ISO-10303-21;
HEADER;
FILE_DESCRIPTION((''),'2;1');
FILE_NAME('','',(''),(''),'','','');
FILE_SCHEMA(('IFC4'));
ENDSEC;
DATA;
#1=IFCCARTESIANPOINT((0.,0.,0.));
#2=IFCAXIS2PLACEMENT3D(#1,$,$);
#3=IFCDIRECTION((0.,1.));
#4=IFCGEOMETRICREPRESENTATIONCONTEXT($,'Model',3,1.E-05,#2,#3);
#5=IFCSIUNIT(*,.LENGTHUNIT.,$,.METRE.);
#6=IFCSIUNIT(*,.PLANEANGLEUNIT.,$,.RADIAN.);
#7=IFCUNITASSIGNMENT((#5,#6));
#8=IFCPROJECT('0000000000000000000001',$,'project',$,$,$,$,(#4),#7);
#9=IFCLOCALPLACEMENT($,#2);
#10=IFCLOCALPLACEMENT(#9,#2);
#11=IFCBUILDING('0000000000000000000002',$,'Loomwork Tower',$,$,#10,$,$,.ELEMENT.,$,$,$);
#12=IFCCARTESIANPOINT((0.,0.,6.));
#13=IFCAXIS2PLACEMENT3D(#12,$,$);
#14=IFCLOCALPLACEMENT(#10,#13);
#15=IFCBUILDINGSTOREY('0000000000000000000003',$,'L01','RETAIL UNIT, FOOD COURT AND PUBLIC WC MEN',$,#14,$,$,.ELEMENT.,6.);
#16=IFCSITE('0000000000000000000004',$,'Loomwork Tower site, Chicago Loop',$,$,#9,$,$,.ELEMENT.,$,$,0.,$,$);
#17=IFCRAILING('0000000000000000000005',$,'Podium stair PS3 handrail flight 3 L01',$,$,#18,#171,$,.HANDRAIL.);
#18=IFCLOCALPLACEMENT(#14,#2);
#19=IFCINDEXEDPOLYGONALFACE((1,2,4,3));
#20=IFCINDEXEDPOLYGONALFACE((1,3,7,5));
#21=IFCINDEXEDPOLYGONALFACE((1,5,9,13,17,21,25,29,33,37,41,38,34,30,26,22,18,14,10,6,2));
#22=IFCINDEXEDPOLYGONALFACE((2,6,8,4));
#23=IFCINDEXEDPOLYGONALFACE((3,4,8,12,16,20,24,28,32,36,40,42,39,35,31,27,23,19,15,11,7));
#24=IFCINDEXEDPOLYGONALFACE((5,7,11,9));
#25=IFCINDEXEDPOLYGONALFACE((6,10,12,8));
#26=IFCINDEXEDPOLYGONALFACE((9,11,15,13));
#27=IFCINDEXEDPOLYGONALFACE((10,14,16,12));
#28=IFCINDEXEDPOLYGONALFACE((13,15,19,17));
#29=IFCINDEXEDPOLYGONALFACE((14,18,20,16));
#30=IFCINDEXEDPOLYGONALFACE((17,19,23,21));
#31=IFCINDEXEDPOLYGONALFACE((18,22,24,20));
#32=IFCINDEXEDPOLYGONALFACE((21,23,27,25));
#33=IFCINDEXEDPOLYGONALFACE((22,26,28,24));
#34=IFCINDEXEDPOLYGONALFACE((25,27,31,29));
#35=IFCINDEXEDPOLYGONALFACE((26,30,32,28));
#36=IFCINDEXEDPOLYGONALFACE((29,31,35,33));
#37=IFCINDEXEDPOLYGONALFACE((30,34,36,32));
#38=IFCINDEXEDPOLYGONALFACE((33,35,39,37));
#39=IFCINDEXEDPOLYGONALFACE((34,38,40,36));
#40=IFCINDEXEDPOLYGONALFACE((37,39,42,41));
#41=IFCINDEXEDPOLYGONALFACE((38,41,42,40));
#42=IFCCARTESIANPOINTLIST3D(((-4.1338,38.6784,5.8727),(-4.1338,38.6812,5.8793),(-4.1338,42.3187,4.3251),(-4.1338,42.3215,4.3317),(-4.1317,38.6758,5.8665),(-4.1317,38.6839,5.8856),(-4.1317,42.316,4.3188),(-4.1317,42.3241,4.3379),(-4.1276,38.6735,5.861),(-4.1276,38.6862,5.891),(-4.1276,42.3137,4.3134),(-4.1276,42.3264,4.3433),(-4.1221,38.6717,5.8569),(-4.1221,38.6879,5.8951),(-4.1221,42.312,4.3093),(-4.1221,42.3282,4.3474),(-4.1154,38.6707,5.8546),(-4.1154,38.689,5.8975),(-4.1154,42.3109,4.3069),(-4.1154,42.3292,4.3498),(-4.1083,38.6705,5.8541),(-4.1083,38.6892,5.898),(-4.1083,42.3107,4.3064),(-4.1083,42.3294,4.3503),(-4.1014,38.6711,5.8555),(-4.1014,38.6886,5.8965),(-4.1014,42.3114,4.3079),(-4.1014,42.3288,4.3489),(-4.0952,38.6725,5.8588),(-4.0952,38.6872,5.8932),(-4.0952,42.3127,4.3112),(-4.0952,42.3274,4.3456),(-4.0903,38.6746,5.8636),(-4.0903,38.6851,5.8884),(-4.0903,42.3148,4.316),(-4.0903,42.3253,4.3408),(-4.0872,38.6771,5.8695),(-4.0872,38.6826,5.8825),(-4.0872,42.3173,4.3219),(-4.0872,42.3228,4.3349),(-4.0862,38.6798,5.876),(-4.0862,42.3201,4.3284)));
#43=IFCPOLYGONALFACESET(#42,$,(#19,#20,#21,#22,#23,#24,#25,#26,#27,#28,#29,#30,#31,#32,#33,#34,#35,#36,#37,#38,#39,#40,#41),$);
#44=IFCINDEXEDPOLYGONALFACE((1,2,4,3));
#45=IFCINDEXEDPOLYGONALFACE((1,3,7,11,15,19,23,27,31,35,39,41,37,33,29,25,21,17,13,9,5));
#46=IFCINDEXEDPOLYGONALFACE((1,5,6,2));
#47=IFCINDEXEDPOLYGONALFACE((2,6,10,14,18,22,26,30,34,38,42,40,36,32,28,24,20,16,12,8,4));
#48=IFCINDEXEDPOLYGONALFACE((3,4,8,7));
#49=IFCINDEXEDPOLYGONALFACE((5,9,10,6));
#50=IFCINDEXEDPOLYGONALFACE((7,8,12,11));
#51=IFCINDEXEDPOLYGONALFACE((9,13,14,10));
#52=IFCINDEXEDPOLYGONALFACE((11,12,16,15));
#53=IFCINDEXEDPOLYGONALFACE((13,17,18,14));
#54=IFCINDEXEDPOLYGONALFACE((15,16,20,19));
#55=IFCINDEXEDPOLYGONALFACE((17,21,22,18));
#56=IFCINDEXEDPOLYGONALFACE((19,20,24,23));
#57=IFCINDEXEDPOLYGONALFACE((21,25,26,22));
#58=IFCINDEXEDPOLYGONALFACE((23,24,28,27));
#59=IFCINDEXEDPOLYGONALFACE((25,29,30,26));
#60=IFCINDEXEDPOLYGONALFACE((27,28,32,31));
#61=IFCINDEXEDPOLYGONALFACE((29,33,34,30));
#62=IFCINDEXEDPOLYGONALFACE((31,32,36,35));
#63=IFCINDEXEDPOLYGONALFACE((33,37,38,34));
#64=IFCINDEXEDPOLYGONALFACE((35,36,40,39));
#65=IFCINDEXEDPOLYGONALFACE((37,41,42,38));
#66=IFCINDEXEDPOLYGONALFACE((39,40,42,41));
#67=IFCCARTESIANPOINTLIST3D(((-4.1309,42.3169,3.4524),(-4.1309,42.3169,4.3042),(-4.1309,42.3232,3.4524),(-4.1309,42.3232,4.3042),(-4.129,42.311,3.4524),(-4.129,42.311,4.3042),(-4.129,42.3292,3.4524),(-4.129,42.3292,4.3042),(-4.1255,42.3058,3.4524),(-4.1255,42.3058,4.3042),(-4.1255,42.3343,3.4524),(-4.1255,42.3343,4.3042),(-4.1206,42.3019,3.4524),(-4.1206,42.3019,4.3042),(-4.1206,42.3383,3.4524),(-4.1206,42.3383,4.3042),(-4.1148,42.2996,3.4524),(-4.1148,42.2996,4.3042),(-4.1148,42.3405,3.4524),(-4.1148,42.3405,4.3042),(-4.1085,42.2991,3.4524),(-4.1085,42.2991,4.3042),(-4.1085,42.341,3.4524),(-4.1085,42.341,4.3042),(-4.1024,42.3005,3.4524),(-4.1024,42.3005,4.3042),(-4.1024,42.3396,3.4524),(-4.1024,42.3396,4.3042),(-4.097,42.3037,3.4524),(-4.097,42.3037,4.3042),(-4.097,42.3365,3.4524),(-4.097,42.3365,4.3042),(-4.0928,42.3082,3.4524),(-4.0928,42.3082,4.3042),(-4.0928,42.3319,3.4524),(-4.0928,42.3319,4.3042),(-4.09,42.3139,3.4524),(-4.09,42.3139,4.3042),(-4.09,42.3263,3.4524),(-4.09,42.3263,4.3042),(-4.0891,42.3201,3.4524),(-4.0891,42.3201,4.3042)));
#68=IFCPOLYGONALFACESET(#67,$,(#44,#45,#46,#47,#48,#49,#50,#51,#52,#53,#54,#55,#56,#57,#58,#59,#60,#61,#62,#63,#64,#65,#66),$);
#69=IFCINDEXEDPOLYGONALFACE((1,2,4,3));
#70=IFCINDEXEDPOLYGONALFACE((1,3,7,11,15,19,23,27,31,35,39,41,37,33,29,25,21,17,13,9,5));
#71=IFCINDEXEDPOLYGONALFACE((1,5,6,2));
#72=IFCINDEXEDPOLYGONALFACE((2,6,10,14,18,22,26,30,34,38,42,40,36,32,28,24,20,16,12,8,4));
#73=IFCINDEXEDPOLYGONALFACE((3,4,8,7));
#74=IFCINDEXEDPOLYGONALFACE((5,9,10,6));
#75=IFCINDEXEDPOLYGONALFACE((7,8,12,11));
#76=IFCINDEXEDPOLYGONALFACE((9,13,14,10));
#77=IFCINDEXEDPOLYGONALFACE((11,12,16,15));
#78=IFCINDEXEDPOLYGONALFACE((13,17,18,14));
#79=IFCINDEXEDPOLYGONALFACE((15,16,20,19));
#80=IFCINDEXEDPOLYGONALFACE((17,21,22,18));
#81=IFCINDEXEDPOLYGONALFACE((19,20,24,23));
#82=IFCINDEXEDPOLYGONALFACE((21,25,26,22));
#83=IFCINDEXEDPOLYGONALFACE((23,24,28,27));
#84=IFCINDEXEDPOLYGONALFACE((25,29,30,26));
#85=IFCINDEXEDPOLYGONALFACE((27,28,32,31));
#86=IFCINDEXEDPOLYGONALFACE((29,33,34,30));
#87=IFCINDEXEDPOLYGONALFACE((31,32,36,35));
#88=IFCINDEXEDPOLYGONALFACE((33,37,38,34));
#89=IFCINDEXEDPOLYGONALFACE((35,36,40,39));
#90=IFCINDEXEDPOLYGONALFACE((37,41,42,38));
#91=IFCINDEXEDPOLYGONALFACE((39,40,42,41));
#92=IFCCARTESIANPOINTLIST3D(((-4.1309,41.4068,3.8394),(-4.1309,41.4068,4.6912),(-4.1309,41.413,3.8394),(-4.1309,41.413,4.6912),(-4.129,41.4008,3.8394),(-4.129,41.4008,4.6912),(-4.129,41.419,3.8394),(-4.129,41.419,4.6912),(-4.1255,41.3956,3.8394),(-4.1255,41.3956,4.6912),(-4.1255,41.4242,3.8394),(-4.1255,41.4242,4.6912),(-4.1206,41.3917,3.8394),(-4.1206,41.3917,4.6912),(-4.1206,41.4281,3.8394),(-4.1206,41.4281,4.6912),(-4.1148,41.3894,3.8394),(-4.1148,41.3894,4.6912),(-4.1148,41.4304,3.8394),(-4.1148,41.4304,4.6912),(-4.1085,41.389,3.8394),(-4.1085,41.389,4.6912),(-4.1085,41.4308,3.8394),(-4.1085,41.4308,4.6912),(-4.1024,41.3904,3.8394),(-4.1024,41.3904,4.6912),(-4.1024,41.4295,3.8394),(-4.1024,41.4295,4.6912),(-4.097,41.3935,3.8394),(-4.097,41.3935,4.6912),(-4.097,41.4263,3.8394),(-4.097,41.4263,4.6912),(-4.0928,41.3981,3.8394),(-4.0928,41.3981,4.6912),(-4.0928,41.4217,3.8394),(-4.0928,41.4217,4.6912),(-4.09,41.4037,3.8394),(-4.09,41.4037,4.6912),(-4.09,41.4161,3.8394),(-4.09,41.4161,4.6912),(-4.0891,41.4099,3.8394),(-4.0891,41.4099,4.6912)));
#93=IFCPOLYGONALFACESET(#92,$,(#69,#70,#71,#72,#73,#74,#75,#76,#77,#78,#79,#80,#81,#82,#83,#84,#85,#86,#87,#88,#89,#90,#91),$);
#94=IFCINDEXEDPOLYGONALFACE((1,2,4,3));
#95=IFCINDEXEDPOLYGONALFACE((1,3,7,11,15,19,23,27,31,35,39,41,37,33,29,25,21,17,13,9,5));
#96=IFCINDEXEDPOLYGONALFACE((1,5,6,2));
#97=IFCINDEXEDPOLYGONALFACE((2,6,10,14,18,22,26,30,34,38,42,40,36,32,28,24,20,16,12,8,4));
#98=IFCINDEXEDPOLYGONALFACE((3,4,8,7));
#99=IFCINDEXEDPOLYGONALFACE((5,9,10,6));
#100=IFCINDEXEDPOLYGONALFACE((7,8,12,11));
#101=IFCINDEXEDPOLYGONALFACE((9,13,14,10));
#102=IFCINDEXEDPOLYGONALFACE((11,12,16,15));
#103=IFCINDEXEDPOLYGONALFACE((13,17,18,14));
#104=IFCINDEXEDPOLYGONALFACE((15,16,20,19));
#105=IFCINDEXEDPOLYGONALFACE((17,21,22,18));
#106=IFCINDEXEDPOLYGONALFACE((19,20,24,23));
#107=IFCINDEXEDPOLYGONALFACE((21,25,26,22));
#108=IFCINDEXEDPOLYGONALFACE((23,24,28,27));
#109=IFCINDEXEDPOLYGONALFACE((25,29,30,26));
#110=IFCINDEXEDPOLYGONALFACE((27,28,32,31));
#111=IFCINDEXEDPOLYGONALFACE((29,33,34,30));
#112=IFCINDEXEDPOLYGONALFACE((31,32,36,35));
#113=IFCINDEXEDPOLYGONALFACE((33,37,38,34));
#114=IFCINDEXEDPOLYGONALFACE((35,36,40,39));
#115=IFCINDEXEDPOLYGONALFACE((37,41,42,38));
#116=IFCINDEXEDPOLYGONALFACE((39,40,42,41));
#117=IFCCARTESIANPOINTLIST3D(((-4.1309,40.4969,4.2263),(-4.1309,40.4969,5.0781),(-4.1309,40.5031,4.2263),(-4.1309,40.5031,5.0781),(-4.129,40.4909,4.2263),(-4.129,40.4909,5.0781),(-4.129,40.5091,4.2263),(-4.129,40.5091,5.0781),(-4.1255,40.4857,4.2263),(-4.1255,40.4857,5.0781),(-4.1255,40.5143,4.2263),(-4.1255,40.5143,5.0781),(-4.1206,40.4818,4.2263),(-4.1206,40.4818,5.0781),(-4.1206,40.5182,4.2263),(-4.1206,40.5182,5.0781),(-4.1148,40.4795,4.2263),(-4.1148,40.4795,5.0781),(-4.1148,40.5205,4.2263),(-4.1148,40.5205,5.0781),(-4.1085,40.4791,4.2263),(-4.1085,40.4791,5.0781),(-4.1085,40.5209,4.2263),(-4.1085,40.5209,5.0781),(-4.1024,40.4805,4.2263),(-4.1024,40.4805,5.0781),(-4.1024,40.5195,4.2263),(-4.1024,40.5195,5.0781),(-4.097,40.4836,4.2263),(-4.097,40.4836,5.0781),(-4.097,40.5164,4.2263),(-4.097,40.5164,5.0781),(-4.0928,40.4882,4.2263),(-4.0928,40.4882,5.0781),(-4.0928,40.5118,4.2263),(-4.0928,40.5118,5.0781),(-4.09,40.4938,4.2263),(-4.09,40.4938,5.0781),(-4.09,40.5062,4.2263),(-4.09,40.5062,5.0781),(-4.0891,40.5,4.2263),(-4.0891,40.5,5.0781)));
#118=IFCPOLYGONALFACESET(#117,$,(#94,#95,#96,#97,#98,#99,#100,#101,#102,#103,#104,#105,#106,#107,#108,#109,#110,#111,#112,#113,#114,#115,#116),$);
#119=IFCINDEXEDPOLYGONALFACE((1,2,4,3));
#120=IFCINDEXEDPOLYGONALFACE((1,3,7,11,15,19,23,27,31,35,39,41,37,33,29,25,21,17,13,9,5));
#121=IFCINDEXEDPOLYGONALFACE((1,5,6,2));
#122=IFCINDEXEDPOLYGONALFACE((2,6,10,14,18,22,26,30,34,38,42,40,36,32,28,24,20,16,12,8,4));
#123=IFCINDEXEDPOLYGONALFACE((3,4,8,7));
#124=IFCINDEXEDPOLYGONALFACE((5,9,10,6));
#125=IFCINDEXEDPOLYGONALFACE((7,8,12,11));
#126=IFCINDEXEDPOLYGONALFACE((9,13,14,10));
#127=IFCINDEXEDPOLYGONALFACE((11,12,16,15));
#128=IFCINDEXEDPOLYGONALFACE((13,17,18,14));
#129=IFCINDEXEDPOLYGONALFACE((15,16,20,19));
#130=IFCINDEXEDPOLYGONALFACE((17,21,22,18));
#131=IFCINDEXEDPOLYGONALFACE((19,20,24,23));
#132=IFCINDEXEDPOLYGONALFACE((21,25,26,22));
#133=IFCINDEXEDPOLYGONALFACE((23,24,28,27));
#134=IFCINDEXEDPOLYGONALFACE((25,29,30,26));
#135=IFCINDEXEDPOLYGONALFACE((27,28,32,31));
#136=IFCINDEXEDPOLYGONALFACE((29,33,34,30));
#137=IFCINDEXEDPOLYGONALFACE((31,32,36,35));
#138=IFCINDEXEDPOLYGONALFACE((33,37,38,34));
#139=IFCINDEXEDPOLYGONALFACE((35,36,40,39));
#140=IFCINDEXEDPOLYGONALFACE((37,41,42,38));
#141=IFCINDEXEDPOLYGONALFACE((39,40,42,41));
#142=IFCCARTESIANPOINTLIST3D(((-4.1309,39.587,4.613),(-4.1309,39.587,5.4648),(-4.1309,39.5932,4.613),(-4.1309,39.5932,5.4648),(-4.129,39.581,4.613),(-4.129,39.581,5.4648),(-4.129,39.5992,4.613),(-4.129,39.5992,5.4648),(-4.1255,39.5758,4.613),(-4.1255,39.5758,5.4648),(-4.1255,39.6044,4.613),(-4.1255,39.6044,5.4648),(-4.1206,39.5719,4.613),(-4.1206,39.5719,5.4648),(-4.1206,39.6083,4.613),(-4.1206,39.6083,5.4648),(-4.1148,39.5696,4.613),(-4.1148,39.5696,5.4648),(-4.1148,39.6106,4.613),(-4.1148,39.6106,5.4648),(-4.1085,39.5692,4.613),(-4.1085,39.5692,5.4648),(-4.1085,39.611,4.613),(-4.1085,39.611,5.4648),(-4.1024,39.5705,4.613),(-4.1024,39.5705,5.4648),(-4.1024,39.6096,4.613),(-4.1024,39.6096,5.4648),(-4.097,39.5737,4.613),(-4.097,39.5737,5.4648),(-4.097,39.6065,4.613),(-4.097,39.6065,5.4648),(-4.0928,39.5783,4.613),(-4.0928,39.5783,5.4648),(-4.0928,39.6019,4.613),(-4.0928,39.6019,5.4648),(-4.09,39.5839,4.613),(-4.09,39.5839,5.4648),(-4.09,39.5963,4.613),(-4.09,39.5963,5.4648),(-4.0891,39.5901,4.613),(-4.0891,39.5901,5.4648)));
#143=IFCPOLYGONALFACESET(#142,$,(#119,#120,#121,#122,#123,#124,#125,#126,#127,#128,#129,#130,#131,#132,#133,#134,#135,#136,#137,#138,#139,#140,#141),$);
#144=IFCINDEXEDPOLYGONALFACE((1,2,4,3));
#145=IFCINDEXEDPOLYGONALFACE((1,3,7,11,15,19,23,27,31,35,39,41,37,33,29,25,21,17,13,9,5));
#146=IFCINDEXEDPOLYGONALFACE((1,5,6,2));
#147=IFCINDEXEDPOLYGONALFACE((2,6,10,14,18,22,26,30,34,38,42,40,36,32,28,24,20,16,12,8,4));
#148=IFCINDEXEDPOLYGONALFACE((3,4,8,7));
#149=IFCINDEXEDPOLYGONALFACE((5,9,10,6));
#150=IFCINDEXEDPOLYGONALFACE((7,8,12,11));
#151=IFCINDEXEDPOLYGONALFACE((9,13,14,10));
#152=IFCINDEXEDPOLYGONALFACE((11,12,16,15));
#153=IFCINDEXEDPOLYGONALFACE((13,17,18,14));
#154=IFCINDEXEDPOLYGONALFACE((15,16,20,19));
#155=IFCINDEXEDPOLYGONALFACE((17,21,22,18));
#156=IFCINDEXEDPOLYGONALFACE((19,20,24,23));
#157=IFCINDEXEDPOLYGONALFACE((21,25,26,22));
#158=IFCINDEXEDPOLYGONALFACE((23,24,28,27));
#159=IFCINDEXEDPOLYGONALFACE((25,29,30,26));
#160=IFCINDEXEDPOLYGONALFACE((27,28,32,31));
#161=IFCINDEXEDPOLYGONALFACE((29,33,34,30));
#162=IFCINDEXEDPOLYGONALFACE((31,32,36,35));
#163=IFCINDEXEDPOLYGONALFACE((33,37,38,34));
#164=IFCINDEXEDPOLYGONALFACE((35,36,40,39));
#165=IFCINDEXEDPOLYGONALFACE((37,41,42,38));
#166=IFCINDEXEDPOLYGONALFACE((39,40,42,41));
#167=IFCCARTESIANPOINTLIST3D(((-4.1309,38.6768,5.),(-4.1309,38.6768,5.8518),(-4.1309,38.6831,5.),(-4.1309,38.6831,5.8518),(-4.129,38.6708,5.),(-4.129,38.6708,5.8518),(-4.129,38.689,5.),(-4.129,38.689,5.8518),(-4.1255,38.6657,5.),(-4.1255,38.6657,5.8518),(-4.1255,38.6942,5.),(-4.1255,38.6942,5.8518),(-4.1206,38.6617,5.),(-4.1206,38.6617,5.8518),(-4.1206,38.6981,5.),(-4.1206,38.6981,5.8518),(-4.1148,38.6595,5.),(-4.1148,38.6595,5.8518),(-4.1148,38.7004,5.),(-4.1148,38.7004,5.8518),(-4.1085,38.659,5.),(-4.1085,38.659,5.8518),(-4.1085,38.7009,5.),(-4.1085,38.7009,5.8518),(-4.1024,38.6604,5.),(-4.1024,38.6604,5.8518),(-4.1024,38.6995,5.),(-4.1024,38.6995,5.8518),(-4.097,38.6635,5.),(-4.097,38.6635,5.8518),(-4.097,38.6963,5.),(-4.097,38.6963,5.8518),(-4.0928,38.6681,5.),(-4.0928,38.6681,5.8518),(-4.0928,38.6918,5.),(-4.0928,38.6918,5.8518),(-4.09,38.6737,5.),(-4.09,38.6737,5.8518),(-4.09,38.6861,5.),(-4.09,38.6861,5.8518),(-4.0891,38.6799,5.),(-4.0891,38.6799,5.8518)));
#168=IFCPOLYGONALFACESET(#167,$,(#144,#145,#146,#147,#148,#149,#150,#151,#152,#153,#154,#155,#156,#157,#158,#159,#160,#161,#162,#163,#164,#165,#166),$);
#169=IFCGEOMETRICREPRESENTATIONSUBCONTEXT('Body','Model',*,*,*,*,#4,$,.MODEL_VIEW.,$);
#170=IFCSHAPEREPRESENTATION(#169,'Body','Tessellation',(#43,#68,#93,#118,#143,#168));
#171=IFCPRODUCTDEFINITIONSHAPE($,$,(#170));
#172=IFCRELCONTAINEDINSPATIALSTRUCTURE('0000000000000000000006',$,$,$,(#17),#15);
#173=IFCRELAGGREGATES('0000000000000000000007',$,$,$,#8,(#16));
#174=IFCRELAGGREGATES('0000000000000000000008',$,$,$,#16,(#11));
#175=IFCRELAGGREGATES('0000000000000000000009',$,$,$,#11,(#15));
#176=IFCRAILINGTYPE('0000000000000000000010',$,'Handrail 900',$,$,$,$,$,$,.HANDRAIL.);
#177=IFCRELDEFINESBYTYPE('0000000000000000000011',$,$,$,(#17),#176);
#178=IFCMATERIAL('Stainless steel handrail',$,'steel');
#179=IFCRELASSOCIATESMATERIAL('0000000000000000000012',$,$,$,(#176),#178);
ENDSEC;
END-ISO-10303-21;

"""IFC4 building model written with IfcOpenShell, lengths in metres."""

from ifc_helpers import new_model, si_unit, direction, frame, origin, origin_2d, place, context, subcontext, project, spatial, circle, extrude, material, type_object, element, save


model = new_model("IFC4")

# Units and contexts
model_context = context("Model", 3, precision=1e-05, world=origin(), true_north=direction((0.0, 1.0)))
body_context = subcontext(model_context, "Body", "Model", "MODEL_VIEW")
ifc_project = project(units=[si_unit("LENGTHUNIT", "METRE"), si_unit("PLANEANGLEUNIT", "RADIAN")], contexts=[model_context])

# Site, building, storey
site_placement = place(None, origin())
site = spatial("IfcSite", under=ifc_project, at=site_placement, Name="Loomwork Tower site, Chicago Loop", CompositionType="ELEMENT", RefElevation=0.0)
building_placement = place(site_placement, origin())
building = spatial("IfcBuilding", under=site, at=building_placement, Name="Loomwork Tower", CompositionType="ELEMENT")
storey_placement = place(building_placement, frame((0.0, 0.0, 6.0)))
storey = spatial("IfcBuildingStorey", under=building, at=storey_placement, Name="L01", Description="RETAIL UNIT, FOOD COURT AND PUBLIC WC MEN", CompositionType="ELEMENT", Elevation=6.0)

# Railing
ifc_material_1 = material(Name="Stainless steel handrail", Category="steel")
railing_type = type_object("IfcRailingType", Name="Handrail 900", PredefinedType="HANDRAIL", material=ifc_material_1)
railing_1_placement = place(storey_placement, frame((-4.1101, 42.3201, 3.4524)))
element("IfcRailing", 1, at=railing_1_placement, inside=storey, type_object=railing_type, Name="Podium stair PS3 handrail flight 3 L01", PredefinedType="HANDRAIL", context=body_context, shape_type="SweptSolid", body=[
    extrude(circle(Radius=0.0239, at=origin_2d()), frame((0.0, 0.0, 0.876), z_axis=(0.0, -0.920281, 0.391258), x_axis=(1.0, 0.0, 0.0)), (0.0, 0.0, 1.0), 3.9556),
    extrude(circle(Radius=0.021, at=origin_2d()), origin(), (0.0, 0.0, 1.0), 0.8518),
    extrude(circle(Radius=0.021, at=origin_2d()), frame((0.0, -0.9102, 0.387)), (0.0, 0.0, 1.0), 0.8518),
    extrude(circle(Radius=0.021, at=origin_2d()), frame((0.0, -1.8201, 0.7739)), (0.0, 0.0, 1.0), 0.8518),
    extrude(circle(Radius=0.021, at=origin_2d()), frame((0.0, -2.73, 1.1606)), (0.0, 0.0, 1.0), 0.8518),
    extrude(circle(Radius=0.021, at=origin_2d()), frame((0.0, -3.6401, 1.5476)), (0.0, 0.0, 1.0), 0.8518),
])

save(model, "model.ifc")
